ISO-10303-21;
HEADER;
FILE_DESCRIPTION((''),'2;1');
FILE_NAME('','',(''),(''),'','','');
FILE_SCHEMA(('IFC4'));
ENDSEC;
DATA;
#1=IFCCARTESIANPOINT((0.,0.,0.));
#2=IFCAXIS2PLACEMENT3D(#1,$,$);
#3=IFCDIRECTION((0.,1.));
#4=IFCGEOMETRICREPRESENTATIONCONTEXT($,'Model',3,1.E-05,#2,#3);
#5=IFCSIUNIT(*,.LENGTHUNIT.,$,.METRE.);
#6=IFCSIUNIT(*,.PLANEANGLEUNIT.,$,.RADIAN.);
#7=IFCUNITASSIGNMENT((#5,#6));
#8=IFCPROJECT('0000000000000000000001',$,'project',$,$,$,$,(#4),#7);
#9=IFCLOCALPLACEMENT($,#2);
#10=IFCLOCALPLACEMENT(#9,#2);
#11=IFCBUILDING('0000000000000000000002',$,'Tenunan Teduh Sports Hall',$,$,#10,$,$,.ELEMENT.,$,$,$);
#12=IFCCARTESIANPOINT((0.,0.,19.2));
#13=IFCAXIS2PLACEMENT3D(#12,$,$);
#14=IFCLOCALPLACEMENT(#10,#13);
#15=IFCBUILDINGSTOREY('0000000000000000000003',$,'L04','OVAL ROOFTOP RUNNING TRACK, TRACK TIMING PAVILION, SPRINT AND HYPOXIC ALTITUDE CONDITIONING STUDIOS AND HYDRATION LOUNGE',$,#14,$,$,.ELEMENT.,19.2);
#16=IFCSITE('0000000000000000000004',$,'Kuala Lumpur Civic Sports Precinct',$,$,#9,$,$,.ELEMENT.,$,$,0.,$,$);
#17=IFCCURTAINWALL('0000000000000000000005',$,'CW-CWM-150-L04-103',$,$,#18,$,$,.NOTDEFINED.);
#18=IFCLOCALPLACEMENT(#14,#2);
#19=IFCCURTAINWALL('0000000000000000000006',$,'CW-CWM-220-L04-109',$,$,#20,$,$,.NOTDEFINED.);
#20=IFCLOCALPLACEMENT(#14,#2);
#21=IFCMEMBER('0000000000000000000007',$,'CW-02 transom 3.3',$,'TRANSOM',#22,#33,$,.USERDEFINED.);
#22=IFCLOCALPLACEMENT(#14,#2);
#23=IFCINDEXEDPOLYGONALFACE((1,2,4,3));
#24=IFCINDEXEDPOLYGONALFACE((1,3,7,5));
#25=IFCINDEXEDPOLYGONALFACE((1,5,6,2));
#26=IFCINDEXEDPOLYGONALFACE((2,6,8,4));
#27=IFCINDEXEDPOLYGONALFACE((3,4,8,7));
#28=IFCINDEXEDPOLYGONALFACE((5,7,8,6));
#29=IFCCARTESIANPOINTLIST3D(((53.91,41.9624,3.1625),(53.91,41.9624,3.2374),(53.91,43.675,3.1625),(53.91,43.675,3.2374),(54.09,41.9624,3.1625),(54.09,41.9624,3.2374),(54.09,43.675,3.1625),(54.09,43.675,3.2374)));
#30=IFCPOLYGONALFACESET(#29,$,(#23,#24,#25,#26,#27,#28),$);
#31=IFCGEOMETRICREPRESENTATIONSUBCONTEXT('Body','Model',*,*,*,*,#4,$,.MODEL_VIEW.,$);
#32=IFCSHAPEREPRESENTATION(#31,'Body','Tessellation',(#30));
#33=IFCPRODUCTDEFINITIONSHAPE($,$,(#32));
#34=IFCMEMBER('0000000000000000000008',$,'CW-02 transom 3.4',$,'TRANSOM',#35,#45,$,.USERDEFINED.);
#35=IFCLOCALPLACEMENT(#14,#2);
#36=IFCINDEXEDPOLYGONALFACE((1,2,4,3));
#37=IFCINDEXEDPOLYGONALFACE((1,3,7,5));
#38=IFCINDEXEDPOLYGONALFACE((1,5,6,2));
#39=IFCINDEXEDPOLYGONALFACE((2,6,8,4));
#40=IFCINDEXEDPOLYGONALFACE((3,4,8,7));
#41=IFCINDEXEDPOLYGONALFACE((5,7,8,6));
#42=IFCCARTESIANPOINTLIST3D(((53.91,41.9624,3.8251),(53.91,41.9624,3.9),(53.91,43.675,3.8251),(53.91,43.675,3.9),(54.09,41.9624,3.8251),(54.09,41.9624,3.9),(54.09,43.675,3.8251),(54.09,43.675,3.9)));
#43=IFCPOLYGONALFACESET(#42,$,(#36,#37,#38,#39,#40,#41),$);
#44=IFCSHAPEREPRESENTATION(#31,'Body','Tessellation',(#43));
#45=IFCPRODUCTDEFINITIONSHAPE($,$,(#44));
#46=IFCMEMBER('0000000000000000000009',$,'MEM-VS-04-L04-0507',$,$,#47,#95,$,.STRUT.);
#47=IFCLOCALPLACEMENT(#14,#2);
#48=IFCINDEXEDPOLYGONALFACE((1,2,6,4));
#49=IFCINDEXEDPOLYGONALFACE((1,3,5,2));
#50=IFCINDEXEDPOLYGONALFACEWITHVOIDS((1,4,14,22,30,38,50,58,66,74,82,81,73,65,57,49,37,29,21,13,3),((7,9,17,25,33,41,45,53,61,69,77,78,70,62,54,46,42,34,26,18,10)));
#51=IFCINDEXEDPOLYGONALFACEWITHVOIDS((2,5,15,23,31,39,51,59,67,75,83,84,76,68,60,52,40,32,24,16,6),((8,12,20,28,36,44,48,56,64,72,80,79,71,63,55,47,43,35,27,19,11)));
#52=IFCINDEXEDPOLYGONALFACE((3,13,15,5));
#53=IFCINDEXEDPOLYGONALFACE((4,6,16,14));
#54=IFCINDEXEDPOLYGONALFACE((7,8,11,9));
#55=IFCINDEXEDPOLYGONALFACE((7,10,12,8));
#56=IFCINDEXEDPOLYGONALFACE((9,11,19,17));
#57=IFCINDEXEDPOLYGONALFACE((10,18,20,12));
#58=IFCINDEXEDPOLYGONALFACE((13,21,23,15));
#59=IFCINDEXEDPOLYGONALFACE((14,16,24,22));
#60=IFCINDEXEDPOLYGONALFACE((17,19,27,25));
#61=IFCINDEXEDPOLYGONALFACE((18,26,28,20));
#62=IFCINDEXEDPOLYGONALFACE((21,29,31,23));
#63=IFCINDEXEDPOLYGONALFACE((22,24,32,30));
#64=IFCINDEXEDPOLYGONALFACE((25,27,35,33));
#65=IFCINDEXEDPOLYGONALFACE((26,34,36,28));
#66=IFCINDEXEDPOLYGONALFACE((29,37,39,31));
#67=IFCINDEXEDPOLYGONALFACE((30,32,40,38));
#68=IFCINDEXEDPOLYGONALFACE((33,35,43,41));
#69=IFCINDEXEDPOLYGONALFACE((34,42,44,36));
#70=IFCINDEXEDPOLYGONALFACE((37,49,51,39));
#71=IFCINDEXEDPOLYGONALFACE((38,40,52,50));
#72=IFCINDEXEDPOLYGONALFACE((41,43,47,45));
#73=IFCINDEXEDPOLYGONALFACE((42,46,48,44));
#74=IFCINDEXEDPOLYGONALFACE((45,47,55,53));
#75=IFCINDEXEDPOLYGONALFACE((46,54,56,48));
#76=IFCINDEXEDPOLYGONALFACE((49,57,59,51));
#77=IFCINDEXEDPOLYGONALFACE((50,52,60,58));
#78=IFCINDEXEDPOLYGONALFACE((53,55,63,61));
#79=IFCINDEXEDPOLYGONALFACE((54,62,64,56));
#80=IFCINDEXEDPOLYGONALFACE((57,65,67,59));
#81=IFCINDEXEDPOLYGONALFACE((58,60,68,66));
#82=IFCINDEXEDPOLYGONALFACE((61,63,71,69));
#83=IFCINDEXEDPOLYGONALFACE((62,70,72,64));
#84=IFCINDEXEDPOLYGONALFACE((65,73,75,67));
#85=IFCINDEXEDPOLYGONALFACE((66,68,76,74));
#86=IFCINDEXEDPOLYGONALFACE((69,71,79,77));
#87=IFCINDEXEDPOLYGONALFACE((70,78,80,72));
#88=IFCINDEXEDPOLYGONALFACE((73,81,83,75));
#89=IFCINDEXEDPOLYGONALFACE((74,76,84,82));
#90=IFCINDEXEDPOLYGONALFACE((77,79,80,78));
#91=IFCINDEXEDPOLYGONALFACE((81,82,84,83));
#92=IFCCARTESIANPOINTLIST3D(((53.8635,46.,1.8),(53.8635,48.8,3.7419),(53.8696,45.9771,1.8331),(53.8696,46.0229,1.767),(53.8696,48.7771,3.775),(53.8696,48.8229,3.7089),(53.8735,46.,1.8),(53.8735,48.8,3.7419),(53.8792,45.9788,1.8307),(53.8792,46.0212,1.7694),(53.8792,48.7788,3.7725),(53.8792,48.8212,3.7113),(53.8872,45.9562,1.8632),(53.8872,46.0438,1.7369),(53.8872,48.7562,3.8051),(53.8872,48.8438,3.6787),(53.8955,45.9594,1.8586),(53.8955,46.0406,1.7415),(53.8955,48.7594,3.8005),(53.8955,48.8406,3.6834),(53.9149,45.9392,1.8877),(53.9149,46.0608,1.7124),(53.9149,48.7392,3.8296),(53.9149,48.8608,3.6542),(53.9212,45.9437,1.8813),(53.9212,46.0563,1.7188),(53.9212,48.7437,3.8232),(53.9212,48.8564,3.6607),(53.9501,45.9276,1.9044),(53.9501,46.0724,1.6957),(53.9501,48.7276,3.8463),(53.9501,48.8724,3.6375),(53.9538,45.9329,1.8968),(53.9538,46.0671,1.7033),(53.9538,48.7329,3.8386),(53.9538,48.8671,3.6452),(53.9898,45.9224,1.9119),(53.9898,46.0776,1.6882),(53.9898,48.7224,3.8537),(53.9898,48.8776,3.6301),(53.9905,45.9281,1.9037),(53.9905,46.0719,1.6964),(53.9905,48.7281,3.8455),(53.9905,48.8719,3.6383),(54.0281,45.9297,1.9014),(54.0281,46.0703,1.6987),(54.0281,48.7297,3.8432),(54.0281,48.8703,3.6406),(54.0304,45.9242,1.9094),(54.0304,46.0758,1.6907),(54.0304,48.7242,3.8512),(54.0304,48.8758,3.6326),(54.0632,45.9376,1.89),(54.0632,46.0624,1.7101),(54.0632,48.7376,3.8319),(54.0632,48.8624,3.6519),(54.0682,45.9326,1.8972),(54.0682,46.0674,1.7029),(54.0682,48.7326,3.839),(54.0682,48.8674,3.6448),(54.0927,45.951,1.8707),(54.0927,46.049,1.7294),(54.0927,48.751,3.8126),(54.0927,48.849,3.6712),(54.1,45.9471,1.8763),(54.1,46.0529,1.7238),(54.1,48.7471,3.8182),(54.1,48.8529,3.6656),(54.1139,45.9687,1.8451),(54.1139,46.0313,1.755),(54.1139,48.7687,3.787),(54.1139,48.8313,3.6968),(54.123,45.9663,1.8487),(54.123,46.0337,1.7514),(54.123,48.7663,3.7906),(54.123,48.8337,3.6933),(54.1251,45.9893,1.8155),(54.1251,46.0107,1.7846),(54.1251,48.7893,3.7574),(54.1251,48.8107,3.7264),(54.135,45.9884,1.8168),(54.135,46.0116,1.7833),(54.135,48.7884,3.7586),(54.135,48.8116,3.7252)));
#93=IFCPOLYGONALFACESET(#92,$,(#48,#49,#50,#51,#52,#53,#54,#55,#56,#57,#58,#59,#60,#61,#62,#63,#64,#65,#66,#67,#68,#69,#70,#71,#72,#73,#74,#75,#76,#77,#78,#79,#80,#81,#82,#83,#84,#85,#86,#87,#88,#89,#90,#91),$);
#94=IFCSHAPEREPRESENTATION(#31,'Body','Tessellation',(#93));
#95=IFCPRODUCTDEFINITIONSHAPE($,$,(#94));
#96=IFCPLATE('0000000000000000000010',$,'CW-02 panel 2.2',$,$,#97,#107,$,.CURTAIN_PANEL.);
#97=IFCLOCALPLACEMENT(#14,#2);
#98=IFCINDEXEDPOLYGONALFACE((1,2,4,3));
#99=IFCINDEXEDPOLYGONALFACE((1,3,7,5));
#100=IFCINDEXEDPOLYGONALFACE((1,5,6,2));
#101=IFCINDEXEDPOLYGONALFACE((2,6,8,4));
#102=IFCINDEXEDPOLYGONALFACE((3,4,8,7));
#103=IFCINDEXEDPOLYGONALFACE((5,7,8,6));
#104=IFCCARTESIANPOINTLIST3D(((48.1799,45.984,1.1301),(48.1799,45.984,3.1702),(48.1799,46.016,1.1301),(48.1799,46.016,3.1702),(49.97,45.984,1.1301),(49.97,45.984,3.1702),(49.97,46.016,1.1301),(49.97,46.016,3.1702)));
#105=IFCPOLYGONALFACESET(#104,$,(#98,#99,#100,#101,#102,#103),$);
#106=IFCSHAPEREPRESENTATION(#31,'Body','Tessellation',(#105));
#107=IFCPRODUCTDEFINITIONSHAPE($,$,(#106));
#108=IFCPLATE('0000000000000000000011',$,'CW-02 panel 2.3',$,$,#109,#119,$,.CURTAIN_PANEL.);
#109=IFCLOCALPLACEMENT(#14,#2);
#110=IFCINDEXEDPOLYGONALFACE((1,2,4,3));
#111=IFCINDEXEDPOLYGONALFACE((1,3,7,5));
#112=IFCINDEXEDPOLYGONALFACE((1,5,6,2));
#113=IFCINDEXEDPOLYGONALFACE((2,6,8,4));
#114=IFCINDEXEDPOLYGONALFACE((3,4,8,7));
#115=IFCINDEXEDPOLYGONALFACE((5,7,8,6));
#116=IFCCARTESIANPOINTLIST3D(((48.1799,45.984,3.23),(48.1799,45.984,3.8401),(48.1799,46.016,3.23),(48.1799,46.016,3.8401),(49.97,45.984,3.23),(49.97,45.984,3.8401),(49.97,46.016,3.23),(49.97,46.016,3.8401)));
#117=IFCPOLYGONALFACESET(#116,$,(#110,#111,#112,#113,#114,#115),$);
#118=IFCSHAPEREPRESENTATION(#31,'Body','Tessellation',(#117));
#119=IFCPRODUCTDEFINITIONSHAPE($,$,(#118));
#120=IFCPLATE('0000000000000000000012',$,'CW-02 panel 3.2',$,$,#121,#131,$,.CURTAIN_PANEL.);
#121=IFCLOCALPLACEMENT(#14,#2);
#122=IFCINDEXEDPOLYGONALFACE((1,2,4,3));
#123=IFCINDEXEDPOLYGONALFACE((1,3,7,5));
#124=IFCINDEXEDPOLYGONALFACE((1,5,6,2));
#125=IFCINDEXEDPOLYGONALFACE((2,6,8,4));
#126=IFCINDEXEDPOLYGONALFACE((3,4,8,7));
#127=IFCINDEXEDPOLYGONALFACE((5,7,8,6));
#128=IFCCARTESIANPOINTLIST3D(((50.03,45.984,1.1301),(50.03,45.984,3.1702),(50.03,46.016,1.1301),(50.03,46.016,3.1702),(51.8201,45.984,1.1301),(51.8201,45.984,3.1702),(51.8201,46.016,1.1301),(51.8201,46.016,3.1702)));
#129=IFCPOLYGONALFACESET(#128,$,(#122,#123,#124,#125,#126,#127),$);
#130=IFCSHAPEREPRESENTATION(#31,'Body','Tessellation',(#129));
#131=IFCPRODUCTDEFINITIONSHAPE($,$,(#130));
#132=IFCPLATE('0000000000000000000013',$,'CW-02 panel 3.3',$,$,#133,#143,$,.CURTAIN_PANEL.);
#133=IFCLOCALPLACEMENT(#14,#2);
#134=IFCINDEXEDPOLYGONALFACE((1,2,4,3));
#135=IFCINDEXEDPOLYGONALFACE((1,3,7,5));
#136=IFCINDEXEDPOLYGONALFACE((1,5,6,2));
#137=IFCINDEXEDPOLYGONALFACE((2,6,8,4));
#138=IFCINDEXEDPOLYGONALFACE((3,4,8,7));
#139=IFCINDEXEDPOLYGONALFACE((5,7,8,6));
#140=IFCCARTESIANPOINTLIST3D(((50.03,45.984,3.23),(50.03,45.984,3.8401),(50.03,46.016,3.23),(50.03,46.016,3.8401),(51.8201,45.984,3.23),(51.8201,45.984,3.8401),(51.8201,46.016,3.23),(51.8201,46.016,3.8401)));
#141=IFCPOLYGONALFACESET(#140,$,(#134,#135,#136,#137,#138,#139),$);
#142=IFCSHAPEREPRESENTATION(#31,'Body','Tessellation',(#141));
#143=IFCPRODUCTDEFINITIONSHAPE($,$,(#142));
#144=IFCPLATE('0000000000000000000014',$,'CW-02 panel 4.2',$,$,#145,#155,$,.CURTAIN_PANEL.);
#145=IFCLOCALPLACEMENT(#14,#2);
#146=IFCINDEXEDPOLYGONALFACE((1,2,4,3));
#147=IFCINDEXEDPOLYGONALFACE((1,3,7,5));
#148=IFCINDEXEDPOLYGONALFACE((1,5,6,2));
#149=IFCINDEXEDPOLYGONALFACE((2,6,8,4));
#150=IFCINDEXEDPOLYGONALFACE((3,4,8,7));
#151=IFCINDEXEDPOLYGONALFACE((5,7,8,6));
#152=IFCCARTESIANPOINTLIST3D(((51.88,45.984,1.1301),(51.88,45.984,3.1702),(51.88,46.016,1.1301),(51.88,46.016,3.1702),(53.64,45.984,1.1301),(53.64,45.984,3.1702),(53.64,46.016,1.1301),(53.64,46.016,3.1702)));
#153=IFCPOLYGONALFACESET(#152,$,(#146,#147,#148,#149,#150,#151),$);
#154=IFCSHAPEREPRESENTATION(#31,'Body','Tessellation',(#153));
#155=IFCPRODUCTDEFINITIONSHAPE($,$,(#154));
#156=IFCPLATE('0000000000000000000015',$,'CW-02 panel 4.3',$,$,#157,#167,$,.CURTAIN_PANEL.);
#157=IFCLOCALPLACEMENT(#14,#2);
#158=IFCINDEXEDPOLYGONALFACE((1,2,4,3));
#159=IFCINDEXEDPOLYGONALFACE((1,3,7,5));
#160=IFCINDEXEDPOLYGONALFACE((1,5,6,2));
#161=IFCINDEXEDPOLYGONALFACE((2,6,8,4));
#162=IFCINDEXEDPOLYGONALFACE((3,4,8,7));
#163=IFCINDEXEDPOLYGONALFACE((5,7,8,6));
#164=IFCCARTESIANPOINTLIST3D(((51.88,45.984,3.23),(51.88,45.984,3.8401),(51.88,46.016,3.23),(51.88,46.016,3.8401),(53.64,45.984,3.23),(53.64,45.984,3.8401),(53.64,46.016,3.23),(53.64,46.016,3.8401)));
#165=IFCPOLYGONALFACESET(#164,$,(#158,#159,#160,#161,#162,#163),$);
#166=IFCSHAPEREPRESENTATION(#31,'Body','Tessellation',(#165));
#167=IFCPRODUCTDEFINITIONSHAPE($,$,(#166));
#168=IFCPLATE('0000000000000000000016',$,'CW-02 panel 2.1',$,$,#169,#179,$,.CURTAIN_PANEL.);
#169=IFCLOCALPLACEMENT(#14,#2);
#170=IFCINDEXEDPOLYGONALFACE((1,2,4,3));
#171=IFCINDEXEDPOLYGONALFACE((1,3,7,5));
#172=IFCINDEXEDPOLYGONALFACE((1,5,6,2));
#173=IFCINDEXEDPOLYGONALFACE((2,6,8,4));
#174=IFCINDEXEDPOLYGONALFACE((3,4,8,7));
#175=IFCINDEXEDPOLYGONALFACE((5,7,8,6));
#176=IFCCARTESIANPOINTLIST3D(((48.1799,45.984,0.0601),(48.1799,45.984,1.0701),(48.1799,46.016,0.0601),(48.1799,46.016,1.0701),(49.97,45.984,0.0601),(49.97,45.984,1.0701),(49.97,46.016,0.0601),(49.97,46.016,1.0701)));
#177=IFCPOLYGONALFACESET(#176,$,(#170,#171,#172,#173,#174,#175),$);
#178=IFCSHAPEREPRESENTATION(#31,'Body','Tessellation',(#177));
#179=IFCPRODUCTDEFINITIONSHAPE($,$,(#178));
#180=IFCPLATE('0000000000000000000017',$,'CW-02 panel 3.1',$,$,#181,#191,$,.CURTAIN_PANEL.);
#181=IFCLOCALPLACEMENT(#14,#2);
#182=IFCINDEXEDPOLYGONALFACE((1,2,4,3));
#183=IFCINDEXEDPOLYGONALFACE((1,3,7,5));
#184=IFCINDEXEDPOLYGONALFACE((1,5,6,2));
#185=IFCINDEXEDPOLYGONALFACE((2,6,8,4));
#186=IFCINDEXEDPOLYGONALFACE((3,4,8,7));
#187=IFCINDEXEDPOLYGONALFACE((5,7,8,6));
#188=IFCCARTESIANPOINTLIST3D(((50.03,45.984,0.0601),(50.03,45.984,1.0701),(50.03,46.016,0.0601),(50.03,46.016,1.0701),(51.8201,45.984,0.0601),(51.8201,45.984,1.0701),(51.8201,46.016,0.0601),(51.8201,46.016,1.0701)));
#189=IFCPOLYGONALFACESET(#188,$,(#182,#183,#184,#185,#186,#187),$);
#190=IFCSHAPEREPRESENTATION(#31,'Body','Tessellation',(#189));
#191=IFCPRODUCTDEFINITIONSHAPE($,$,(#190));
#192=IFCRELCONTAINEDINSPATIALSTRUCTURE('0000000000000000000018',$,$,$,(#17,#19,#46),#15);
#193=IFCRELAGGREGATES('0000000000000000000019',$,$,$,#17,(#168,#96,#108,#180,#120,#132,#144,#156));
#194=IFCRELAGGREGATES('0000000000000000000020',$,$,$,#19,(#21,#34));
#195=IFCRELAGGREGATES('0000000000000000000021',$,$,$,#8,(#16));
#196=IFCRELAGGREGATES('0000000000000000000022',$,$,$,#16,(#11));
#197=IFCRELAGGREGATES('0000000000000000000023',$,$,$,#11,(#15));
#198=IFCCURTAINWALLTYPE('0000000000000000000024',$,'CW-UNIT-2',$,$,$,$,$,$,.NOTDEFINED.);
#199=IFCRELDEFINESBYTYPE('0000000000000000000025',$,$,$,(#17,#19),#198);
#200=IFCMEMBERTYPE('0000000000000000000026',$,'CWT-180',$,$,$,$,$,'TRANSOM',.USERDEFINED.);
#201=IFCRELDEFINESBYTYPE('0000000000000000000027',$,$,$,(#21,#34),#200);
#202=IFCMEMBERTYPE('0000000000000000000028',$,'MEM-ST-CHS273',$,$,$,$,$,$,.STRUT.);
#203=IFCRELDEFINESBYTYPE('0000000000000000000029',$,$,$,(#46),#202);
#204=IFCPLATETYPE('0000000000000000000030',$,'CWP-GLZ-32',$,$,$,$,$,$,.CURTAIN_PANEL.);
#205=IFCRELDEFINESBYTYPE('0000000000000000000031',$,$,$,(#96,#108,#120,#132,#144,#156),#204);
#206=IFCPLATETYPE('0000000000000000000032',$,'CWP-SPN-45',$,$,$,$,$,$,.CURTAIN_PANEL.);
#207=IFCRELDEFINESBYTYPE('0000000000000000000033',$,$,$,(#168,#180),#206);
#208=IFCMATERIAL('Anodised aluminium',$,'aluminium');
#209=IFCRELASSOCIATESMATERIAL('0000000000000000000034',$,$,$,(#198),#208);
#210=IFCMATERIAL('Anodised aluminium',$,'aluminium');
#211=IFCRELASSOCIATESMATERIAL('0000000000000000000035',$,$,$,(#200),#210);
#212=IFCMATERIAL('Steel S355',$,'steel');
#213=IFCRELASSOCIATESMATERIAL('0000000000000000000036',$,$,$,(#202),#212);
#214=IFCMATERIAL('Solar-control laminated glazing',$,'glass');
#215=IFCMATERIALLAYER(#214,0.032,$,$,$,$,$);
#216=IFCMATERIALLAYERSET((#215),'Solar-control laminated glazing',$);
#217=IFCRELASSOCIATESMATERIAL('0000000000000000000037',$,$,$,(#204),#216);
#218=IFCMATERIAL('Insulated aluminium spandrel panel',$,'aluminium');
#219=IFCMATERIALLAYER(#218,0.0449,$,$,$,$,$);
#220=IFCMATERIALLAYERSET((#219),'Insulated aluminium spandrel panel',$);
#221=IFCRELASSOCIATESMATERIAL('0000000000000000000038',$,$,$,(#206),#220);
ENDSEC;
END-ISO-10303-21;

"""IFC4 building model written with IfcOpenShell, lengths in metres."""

from ifc_helpers import new_model, si_unit, direction, frame, origin, origin_2d, place, context, subcontext, project, spatial, rectangle, hollow_circle, extrude, material, layer, layer_set, material_profile, profile_set, type_object, element, aggregate, save


model = new_model("IFC4")

# Units and contexts
model_context = context("Model", 3, precision=1e-05, world=origin(), true_north=direction((0.0, 1.0)))
body_context = subcontext(model_context, "Body", "Model", "MODEL_VIEW")
ifc_project = project(units=[si_unit("LENGTHUNIT", "METRE"), si_unit("PLANEANGLEUNIT", "RADIAN")], contexts=[model_context])

# Site, building, storey
site_placement = place(None, origin())
site = spatial("IfcSite", under=ifc_project, at=site_placement, Name="Kuala Lumpur Civic Sports Precinct", CompositionType="ELEMENT", RefElevation=0.0)
building_placement = place(site_placement, origin())
building = spatial("IfcBuilding", under=site, at=building_placement, Name="Tenunan Teduh Sports Hall", CompositionType="ELEMENT")
storey_placement = place(building_placement, frame((0.0, 0.0, 19.2)))
storey = spatial("IfcBuildingStorey", under=building, at=storey_placement, Name="L04", Description="OVAL ROOFTOP RUNNING TRACK, TRACK TIMING PAVILION, SPRINT AND HYPOXIC ALTITUDE CONDITIONING STUDIOS AND HYDRATION LOUNGE", CompositionType="ELEMENT", Elevation=19.2)

# Curtain walls
ifc_material_1 = material(Name="Anodised aluminium", Category="aluminium")
curtain_wall_type = type_object("IfcCurtainWallType", Name="CW-UNIT-2", PredefinedType="NOTDEFINED", material=ifc_material_1)
curtain_wall_1_placement = place(storey_placement, origin())
curtain_wall_1 = element("IfcCurtainWall", 1, at=curtain_wall_1_placement, inside=storey, type_object=curtain_wall_type, Name="CW-CWM-150-L04-103", PredefinedType="NOTDEFINED")
curtain_wall_2_placement = place(storey_placement, origin())
curtain_wall_2 = element("IfcCurtainWall", 2, at=curtain_wall_2_placement, inside=storey, type_object=curtain_wall_type, Name="CW-CWM-220-L04-109", PredefinedType="NOTDEFINED")

# Members
ifc_material_2 = material(Name="Anodised aluminium", Category="aluminium")
ifc_material_profile_1 = material_profile(ifc_material_2, rectangle(XDim=0.075, YDim=0.1799, at=origin_2d()), Name="CWT 75x180")
ifc_profile_set_1 = profile_set([ifc_material_profile_1], Name="Anodised aluminium")
member_type_1 = type_object("IfcMemberType", Name="CWT-180", ElementType="TRANSOM", PredefinedType="USERDEFINED", material=ifc_profile_set_1)
member_1_placement = place(storey_placement, frame((54.0, 41.9624, 3.2), z_axis=(0.0, 1.0, 0.0), x_axis=(0.0, 0.0, 1.0)))
member_1 = element("IfcMember", 3, at=member_1_placement, type_object=member_type_1, Name="CW-02 transom 3.3", ObjectType="TRANSOM", PredefinedType="USERDEFINED", context=body_context, shape_type="SweptSolid", body=[
    extrude(rectangle(XDim=0.075, YDim=0.1799, at=origin_2d()), origin(), (0.0, 0.0, 1.0), 1.7126),
])
member_2_placement = place(storey_placement, frame((54.0, 41.9624, 3.8625), z_axis=(0.0, 1.0, 0.0), x_axis=(0.0, 0.0, 1.0)))
member_2 = element("IfcMember", 4, at=member_2_placement, type_object=member_type_1, Name="CW-02 transom 3.4", ObjectType="TRANSOM", PredefinedType="USERDEFINED", context=body_context, shape_type="SweptSolid", body=[
    extrude(rectangle(XDim=0.075, YDim=0.1799, at=origin_2d()), origin(), (0.0, 0.0, 1.0), 1.7126),
])
ifc_material_3 = material(Name="Steel S355", Category="steel")
ifc_material_profile_2 = material_profile(ifc_material_3, hollow_circle(Radius=0.1365, WallThickness=0.01, at=origin_2d()), Name="CHS 273.0x10.0")
ifc_profile_set_2 = profile_set([ifc_material_profile_2], Name="Steel S355")
member_type_2 = type_object("IfcMemberType", Name="MEM-ST-CHS273", PredefinedType="STRUT", material=ifc_profile_set_2)
member_3_placement = place(storey_placement, frame((54.0, 46.0, 1.8), z_axis=(0.0, 0.821725, 0.569884), x_axis=(-1.0, 0.0, 0.0)))
element("IfcMember", 5, at=member_3_placement, inside=storey, type_object=member_type_2, Name="MEM-VS-04-L04-0507", PredefinedType="STRUT", context=body_context, shape_type="SweptSolid", body=[
    extrude(hollow_circle(Radius=0.1365, WallThickness=0.01, at=origin_2d()), origin(), (0.0, 0.0, 1.0), 3.4075),
])

# Plates
ifc_material_4 = material(Name="Solar-control laminated glazing", Category="glass")
ifc_layer_1 = layer(ifc_material_4, 0.032)
ifc_layer_set_1 = layer_set([ifc_layer_1], Name="Solar-control laminated glazing")
plate_type_1 = type_object("IfcPlateType", Name="CWP-GLZ-32", PredefinedType="CURTAIN_PANEL", material=ifc_layer_set_1)
plate_1_placement = place(storey_placement, frame((49.075, 46.0, 1.1301), z_axis=(0.0, 0.0, 1.0), x_axis=(1.0, 0.0, 0.0)))
plate_1 = element("IfcPlate", 6, at=plate_1_placement, type_object=plate_type_1, Name="CW-02 panel 2.2", PredefinedType="CURTAIN_PANEL", context=body_context, shape_type="SweptSolid", body=[
    extrude(rectangle(XDim=1.79, YDim=0.032, at=origin_2d()), origin(), (0.0, 0.0, 1.0), 2.04),
])
plate_2_placement = place(storey_placement, frame((49.075, 46.0, 3.23), z_axis=(0.0, 0.0, 1.0), x_axis=(1.0, 0.0, 0.0)))
plate_2 = element("IfcPlate", 7, at=plate_2_placement, type_object=plate_type_1, Name="CW-02 panel 2.3", PredefinedType="CURTAIN_PANEL", context=body_context, shape_type="SweptSolid", body=[
    extrude(rectangle(XDim=1.79, YDim=0.032, at=origin_2d()), origin(), (0.0, 0.0, 1.0), 0.6101),
])
plate_3_placement = place(storey_placement, frame((50.925, 46.0, 1.1301), z_axis=(0.0, 0.0, 1.0), x_axis=(1.0, 0.0, 0.0)))
plate_3 = element("IfcPlate", 8, at=plate_3_placement, type_object=plate_type_1, Name="CW-02 panel 3.2", PredefinedType="CURTAIN_PANEL", context=body_context, shape_type="SweptSolid", body=[
    extrude(rectangle(XDim=1.79, YDim=0.032, at=origin_2d()), origin(), (0.0, 0.0, 1.0), 2.04),
])
plate_4_placement = place(storey_placement, frame((50.925, 46.0, 3.23), z_axis=(0.0, 0.0, 1.0), x_axis=(1.0, 0.0, 0.0)))
plate_4 = element("IfcPlate", 9, at=plate_4_placement, type_object=plate_type_1, Name="CW-02 panel 3.3", PredefinedType="CURTAIN_PANEL", context=body_context, shape_type="SweptSolid", body=[
    extrude(rectangle(XDim=1.79, YDim=0.032, at=origin_2d()), origin(), (0.0, 0.0, 1.0), 0.6101),
])
plate_5_placement = place(storey_placement, frame((52.76, 46.0, 1.1301), z_axis=(0.0, 0.0, 1.0), x_axis=(1.0, 0.0, 0.0)))
plate_5 = element("IfcPlate", 10, at=plate_5_placement, type_object=plate_type_1, Name="CW-02 panel 4.2", PredefinedType="CURTAIN_PANEL", context=body_context, shape_type="SweptSolid", body=[
    extrude(rectangle(XDim=1.76, YDim=0.032, at=origin_2d()), origin(), (0.0, 0.0, 1.0), 2.04),
])
plate_6_placement = place(storey_placement, frame((52.76, 46.0, 3.23), z_axis=(0.0, 0.0, 1.0), x_axis=(1.0, 0.0, 0.0)))
plate_6 = element("IfcPlate", 11, at=plate_6_placement, type_object=plate_type_1, Name="CW-02 panel 4.3", PredefinedType="CURTAIN_PANEL", context=body_context, shape_type="SweptSolid", body=[
    extrude(rectangle(XDim=1.76, YDim=0.032, at=origin_2d()), origin(), (0.0, 0.0, 1.0), 0.6101),
])
ifc_material_5 = material(Name="Insulated aluminium spandrel panel", Category="aluminium")
ifc_layer_2 = layer(ifc_material_5, 0.0449)
ifc_layer_set_2 = layer_set([ifc_layer_2], Name="Insulated aluminium spandrel panel")
plate_type_2 = type_object("IfcPlateType", Name="CWP-SPN-45", PredefinedType="CURTAIN_PANEL", material=ifc_layer_set_2)
plate_7_placement = place(storey_placement, frame((49.075, 46.0, 0.0601), z_axis=(0.0, 0.0, 1.0), x_axis=(1.0, 0.0, 0.0)))
plate_7 = element("IfcPlate", 12, at=plate_7_placement, type_object=plate_type_2, Name="CW-02 panel 2.1", PredefinedType="CURTAIN_PANEL", context=body_context, shape_type="SweptSolid", body=[
    extrude(rectangle(XDim=1.79, YDim=0.032, at=origin_2d()), origin(), (0.0, 0.0, 1.0), 1.01),
])
plate_8_placement = place(storey_placement, frame((50.925, 46.0, 0.0601), z_axis=(0.0, 0.0, 1.0), x_axis=(1.0, 0.0, 0.0)))
plate_8 = element("IfcPlate", 13, at=plate_8_placement, type_object=plate_type_2, Name="CW-02 panel 3.1", PredefinedType="CURTAIN_PANEL", context=body_context, shape_type="SweptSolid", body=[
    extrude(rectangle(XDim=1.79, YDim=0.032, at=origin_2d()), origin(), (0.0, 0.0, 1.0), 1.01),
])
aggregate(curtain_wall_1, [plate_7, plate_1, plate_2, plate_8, plate_3, plate_4, plate_5, plate_6])
aggregate(curtain_wall_2, [member_1, member_2])

save(model, "model.ifc")
